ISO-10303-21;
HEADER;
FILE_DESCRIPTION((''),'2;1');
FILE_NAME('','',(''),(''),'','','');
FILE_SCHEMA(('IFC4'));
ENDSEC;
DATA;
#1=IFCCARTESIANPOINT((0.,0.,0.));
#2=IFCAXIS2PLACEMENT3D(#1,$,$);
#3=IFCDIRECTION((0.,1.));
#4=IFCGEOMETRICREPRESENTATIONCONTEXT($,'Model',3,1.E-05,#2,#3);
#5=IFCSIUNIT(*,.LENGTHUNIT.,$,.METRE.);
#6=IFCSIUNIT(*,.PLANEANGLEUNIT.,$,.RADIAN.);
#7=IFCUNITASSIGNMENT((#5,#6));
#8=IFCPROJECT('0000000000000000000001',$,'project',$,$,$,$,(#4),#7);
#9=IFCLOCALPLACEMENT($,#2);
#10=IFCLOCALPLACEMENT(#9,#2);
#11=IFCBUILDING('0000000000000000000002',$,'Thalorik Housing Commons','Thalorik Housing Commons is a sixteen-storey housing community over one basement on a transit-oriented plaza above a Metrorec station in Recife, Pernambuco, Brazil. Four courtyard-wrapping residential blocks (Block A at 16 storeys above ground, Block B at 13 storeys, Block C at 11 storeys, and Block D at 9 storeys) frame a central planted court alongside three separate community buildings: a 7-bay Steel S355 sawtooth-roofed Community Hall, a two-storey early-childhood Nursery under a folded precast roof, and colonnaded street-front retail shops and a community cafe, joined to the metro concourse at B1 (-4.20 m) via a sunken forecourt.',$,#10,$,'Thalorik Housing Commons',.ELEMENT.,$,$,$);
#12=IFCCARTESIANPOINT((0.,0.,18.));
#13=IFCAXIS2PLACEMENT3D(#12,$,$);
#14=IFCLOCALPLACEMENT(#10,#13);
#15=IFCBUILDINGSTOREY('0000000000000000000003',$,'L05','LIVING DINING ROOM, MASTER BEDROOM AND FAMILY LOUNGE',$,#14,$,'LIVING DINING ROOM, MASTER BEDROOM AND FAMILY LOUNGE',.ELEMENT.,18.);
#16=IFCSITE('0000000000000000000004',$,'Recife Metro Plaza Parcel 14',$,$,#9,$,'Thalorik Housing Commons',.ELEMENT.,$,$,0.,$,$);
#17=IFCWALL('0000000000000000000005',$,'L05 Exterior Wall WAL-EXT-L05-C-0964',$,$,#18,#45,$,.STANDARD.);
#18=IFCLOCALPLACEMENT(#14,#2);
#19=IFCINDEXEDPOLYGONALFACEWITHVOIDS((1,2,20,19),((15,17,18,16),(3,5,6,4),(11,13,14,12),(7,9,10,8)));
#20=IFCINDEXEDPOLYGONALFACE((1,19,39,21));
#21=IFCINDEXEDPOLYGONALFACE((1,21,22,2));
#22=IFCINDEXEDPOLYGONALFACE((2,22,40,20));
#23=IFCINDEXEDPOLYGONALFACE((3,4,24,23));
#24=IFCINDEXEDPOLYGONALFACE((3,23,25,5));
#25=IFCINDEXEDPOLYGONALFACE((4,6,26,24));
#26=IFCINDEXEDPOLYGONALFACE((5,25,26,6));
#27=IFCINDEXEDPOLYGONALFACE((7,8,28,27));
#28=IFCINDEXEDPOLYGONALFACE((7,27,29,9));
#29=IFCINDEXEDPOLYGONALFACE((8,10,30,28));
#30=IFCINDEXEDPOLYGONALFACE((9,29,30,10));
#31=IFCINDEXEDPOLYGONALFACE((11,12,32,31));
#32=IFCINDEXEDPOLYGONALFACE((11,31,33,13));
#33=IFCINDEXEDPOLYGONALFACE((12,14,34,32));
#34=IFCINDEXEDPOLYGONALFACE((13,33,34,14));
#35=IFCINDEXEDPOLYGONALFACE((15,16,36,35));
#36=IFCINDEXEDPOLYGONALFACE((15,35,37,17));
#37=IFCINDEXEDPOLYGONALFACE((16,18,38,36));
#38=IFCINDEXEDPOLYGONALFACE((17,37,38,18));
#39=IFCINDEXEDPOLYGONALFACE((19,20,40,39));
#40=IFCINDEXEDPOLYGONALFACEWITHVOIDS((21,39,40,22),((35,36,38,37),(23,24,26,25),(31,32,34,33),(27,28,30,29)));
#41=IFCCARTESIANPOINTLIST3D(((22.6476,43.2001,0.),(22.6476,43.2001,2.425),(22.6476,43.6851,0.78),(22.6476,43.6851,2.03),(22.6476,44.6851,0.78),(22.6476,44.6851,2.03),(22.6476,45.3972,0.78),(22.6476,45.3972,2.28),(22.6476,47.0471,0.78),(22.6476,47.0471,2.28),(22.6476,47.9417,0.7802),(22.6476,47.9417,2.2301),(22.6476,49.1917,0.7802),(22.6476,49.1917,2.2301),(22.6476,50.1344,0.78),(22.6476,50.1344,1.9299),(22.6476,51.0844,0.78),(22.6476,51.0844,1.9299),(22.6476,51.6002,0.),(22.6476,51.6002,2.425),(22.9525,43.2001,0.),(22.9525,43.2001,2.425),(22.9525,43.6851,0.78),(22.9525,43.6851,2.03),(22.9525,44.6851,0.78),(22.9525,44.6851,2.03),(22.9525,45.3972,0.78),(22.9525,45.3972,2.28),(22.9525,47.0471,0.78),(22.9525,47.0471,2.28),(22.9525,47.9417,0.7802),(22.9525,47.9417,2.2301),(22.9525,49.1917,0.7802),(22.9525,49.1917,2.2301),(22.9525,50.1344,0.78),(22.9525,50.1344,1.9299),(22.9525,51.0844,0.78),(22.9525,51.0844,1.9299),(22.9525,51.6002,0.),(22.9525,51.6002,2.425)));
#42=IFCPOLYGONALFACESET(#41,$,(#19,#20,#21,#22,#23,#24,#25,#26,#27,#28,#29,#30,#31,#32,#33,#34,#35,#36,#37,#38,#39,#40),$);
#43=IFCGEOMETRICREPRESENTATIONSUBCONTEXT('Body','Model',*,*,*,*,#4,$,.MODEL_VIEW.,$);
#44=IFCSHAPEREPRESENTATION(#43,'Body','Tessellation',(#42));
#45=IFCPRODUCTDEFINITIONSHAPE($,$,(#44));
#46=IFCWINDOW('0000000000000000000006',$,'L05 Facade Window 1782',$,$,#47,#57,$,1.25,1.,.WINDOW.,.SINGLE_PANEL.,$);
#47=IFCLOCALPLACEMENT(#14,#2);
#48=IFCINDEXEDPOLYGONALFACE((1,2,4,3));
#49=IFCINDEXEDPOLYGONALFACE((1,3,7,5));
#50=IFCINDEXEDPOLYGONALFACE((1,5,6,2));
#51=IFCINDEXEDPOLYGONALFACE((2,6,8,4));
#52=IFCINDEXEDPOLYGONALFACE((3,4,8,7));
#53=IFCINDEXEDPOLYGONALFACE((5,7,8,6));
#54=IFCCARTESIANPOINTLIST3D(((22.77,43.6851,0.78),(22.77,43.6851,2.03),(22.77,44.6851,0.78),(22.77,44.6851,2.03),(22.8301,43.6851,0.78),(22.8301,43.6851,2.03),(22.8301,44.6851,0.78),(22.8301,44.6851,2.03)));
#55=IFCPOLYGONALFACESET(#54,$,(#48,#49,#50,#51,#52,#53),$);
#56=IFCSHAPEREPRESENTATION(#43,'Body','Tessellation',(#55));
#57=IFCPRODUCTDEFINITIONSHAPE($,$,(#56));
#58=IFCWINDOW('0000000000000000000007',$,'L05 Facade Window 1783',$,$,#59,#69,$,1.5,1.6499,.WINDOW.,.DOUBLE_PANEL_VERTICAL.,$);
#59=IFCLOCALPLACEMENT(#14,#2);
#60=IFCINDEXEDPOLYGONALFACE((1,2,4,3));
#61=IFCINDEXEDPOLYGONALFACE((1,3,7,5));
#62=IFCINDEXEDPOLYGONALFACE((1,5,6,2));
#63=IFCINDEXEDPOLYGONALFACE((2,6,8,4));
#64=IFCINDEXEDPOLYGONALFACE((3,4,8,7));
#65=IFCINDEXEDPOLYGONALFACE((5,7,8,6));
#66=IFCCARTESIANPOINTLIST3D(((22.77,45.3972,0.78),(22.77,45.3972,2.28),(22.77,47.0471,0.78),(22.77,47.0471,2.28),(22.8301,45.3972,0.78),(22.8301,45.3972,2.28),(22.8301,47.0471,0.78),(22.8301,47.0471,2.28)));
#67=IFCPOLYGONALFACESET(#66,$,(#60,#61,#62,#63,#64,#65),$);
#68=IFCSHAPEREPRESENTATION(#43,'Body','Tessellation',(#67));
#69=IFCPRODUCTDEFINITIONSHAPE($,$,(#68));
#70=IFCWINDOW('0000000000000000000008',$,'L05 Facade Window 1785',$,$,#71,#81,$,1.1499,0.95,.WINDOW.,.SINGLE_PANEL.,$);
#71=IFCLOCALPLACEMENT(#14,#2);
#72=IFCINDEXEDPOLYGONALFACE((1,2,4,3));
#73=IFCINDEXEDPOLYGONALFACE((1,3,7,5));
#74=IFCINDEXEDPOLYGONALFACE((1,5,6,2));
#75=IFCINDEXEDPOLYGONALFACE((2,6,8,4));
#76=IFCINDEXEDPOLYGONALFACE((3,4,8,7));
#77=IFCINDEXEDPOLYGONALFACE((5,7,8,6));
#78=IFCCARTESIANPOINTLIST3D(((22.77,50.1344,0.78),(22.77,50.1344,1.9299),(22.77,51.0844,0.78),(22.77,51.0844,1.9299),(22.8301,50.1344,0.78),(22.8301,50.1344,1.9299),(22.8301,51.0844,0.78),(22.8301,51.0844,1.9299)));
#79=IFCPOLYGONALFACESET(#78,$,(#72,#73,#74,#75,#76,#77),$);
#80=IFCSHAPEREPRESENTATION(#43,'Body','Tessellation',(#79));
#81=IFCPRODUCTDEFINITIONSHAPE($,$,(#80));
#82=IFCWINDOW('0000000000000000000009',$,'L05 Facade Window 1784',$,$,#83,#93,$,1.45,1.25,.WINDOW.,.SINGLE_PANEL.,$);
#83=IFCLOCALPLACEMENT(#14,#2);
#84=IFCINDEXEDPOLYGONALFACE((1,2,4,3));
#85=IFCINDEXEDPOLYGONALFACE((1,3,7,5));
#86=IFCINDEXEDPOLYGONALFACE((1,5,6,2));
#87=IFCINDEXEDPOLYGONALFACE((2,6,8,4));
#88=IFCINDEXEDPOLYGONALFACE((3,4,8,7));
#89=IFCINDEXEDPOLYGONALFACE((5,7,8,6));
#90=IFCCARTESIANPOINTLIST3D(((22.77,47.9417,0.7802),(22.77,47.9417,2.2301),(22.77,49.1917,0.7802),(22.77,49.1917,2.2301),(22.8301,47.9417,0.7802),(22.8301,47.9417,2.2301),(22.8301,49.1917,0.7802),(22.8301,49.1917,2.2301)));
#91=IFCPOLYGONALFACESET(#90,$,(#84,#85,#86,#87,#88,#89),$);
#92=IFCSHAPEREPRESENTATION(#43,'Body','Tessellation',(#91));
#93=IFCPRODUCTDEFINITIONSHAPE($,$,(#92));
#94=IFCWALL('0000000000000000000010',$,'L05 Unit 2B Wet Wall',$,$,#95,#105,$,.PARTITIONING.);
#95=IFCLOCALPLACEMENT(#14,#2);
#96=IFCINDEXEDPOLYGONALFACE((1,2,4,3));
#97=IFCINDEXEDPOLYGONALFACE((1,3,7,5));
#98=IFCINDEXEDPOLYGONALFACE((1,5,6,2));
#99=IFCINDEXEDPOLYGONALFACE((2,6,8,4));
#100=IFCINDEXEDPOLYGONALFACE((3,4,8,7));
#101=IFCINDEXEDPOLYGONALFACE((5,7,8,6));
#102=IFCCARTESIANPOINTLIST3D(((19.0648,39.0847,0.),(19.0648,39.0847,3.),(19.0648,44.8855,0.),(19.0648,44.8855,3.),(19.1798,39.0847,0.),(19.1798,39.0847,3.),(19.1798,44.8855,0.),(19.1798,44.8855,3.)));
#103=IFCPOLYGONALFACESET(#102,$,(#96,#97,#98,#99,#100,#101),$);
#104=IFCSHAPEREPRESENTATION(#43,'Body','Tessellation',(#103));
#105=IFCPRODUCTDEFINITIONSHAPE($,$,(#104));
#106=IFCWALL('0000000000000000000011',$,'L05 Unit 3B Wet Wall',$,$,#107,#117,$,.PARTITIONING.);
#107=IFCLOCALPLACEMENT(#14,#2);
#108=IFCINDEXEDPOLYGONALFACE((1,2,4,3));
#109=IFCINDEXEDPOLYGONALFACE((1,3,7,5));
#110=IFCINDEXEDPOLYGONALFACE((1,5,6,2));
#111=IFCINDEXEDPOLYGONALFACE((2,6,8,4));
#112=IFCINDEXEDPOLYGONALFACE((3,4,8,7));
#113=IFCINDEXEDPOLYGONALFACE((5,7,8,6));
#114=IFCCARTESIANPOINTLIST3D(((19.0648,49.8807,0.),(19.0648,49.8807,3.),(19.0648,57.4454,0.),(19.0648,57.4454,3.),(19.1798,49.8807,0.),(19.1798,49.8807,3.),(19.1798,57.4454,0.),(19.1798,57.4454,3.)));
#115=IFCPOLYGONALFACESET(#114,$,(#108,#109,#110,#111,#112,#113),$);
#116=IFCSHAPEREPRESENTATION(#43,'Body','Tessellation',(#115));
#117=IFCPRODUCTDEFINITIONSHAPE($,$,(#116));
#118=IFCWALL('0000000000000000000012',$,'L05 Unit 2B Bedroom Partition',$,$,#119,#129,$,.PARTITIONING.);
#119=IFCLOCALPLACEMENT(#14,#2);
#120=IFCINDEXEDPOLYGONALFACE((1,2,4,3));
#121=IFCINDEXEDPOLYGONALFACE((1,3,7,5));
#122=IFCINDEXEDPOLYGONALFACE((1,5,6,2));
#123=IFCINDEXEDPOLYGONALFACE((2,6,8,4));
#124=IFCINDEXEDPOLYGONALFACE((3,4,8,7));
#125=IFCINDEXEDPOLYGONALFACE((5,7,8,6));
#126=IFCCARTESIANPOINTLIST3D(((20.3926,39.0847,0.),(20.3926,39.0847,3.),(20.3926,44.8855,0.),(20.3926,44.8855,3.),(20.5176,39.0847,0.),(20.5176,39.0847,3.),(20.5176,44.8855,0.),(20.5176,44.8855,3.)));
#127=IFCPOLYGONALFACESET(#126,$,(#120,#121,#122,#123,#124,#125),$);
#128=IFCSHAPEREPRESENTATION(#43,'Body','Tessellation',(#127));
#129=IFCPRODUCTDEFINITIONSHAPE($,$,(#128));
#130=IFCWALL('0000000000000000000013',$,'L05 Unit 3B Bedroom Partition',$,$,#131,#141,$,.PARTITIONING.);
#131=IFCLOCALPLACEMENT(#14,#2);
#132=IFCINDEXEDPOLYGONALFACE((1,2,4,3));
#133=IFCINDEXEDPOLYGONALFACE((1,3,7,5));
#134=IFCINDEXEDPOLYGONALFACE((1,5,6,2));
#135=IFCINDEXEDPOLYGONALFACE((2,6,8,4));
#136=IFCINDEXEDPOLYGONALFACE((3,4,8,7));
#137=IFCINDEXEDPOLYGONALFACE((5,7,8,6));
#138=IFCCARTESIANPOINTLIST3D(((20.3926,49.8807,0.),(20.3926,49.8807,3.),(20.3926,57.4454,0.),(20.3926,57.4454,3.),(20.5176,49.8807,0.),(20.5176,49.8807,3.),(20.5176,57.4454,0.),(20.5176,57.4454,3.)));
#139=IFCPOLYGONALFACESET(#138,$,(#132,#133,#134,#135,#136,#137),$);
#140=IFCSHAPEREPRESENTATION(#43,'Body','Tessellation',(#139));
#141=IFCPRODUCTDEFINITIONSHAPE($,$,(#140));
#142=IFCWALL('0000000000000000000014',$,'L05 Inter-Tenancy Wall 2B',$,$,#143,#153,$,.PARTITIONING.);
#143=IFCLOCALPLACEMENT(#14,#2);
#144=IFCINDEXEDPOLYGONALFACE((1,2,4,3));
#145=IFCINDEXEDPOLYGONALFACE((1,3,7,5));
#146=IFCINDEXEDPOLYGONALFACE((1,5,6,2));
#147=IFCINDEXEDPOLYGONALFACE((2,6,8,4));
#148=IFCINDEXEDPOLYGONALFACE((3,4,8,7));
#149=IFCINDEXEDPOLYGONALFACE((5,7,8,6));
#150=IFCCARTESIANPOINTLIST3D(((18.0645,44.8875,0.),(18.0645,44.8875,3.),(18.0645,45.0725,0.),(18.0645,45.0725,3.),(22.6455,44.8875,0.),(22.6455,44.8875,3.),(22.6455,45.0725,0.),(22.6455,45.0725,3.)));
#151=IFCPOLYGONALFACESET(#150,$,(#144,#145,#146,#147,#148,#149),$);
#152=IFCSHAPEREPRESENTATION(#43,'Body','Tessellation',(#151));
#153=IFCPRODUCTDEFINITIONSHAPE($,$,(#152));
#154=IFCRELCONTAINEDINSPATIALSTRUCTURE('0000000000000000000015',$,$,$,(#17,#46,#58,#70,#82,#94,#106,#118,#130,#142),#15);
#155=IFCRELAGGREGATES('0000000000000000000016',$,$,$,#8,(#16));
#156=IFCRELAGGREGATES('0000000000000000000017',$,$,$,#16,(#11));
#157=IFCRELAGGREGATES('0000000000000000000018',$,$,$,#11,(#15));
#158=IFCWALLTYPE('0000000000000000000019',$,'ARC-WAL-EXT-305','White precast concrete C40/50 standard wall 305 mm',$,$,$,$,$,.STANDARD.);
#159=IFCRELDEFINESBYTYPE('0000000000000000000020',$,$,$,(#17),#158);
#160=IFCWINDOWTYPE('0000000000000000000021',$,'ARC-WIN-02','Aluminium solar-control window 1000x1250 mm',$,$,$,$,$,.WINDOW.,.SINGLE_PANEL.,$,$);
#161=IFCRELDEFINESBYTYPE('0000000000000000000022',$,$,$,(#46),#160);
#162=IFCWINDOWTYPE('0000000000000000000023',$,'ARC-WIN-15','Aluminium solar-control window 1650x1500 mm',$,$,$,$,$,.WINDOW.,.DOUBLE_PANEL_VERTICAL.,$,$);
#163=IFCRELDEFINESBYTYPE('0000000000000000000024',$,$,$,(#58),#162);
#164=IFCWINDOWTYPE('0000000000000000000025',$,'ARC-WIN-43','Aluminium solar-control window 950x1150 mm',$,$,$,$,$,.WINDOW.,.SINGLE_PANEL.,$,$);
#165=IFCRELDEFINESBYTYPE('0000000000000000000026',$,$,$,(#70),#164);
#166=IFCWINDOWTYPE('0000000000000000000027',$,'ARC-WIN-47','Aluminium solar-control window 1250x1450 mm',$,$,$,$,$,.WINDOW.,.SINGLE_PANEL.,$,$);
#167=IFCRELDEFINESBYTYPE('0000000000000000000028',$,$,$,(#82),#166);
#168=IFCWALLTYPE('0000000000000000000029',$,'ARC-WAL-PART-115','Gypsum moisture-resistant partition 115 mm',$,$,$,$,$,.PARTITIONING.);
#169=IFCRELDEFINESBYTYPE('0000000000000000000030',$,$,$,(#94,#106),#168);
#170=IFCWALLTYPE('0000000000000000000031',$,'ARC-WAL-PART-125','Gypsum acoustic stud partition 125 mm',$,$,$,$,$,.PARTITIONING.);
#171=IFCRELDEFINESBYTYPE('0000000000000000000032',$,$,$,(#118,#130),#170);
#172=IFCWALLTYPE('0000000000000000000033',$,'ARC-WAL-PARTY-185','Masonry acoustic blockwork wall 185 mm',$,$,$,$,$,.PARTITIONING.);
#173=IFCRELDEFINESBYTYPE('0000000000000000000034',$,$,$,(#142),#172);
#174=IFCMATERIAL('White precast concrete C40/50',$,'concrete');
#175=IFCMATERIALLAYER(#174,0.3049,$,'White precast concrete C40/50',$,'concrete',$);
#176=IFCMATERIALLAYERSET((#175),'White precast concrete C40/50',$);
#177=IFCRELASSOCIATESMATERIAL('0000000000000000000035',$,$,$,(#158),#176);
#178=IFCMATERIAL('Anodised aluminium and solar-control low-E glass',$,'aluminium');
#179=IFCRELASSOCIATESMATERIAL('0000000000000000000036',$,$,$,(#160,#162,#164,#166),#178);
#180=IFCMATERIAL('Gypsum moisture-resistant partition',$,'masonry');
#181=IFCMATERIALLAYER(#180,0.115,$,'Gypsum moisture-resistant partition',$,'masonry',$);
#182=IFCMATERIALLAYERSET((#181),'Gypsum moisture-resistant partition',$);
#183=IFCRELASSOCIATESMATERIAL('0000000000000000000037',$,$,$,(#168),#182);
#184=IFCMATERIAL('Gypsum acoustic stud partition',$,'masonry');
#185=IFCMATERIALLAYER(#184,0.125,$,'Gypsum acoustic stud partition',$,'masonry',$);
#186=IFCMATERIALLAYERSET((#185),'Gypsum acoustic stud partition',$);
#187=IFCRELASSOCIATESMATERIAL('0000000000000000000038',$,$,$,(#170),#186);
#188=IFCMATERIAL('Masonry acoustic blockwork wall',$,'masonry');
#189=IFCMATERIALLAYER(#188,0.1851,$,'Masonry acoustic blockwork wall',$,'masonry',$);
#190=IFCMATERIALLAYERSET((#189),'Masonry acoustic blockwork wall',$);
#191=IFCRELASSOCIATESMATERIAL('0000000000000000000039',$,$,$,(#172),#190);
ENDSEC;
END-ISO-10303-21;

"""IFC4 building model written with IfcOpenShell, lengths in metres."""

from ifc_helpers import new_model, si_unit, direction, frame, frame_2d, origin, place, context, subcontext, project, spatial, rectangle, extrude, material, layer, layer_set, type_object, element, fill, save


model = new_model("IFC4")

# Units and contexts
model_context = context("Model", 3, precision=1e-05, world=origin(), true_north=direction((0.0, 1.0)))
body_context = subcontext(model_context, "Body", "Model", "MODEL_VIEW")
ifc_project = project(units=[si_unit("LENGTHUNIT", "METRE"), si_unit("PLANEANGLEUNIT", "RADIAN")], contexts=[model_context])

# Site, building, storey
site_placement = place(None, origin())
site = spatial("IfcSite", under=ifc_project, at=site_placement, Name="Recife Metro Plaza Parcel 14", LongName="Thalorik Housing Commons", CompositionType="ELEMENT", RefElevation=0.0)
building_placement = place(site_placement, origin())
building = spatial("IfcBuilding", under=site, at=building_placement, Name="Thalorik Housing Commons", Description="Thalorik Housing Commons is a sixteen-storey housing community over one basement on a transit-oriented plaza above a Metrorec station in Recife, Pernambuco, Brazil. Four courtyard-wrapping residential blocks (Block A at 16 storeys above ground, Block B at 13 storeys, Block C at 11 storeys, and Block D at 9 storeys) frame a central planted court alongside three separate community buildings: a 7-bay Steel S355 sawtooth-roofed Community Hall, a two-storey early-childhood Nursery under a folded precast roof, and colonnaded street-front retail shops and a community cafe, joined to the metro concourse at B1 (-4.20 m) via a sunken forecourt.", LongName="Thalorik Housing Commons", CompositionType="ELEMENT")
storey_placement = place(building_placement, frame((0.0, 0.0, 18.0)))
storey = spatial("IfcBuildingStorey", under=building, at=storey_placement, Name="L05", Description="LIVING DINING ROOM, MASTER BEDROOM AND FAMILY LOUNGE", LongName="LIVING DINING ROOM, MASTER BEDROOM AND FAMILY LOUNGE", CompositionType="ELEMENT", Elevation=18.0)

# Wall, openings, windows
ifc_material_1 = material(Name="White precast concrete C40/50", Category="concrete")
ifc_layer_1 = layer(ifc_material_1, 0.3049, Name="White precast concrete C40/50", Category="concrete")
ifc_layer_set_1 = layer_set([ifc_layer_1], Name="White precast concrete C40/50")
wall_type_1 = type_object("IfcWallType", Name="ARC-WAL-EXT-305", Description="White precast concrete C40/50 standard wall 305 mm", PredefinedType="STANDARD", material=ifc_layer_set_1)
ifc_material_2 = material(Name="Anodised aluminium and solar-control low-E glass", Category="aluminium")
wall_1_placement = place(storey_placement, frame((22.8, 43.2, 0.0), z_axis=(0.0, 0.0, 1.0), x_axis=(0.0, 1.0, 0.0)))
wall_1 = element("IfcWall", 1, at=wall_1_placement, inside=storey, type_object=wall_type_1, Name="L05 Exterior Wall WAL-EXT-L05-C-0964", PredefinedType="STANDARD", context=body_context, shape_type="SweptSolid", body=[
    extrude(rectangle(XDim=8.4001, YDim=0.3049, at=frame_2d((4.2002, 0.0))), origin(), (0.0, 0.0, 1.0), 2.425),
])
opening_1_placement = place(wall_1_placement, frame((0.4851, 0.0, 0.78)))
opening_1 = element("IfcOpeningElement", 2, at=opening_1_placement, cuts=wall_1, PredefinedType="OPENING", context=body_context, shape_type="SweptSolid", body=[
    extrude(rectangle(XDim=1.0, YDim=1.25, at=frame_2d((0.5, 0.625))), frame((0.0, 0.1626, 0.0), z_axis=(0.0, -1.0, 0.0), x_axis=(1.0, 0.0, 0.0)), (0.0, 0.0, 1.0), 0.325),
])
opening_2_placement = place(wall_1_placement, frame((2.1973, 0.0, 0.78)))
opening_2 = element("IfcOpeningElement", 3, at=opening_2_placement, cuts=wall_1, PredefinedType="OPENING", context=body_context, shape_type="SweptSolid", body=[
    extrude(rectangle(XDim=1.6499, YDim=1.5, at=frame_2d((0.825, 0.75))), frame((0.0, 0.1626, 0.0), z_axis=(0.0, -1.0, 0.0), x_axis=(1.0, 0.0, 0.0)), (0.0, 0.0, 1.0), 0.325),
])
opening_3_placement = place(wall_1_placement, frame((4.7417, 0.0, 0.78)))
opening_3 = element("IfcOpeningElement", 4, at=opening_3_placement, cuts=wall_1, PredefinedType="OPENING", context=body_context, shape_type="SweptSolid", body=[
    extrude(rectangle(XDim=1.25, YDim=1.45, at=frame_2d((0.625, 0.7251))), frame((0.0, 0.1626, 0.0), z_axis=(0.0, -1.0, 0.0), x_axis=(1.0, 0.0, 0.0)), (0.0, 0.0, 1.0), 0.325),
])
opening_4_placement = place(wall_1_placement, frame((6.9343, 0.0, 0.78)))
opening_4 = element("IfcOpeningElement", 5, at=opening_4_placement, cuts=wall_1, PredefinedType="OPENING", context=body_context, shape_type="SweptSolid", body=[
    extrude(rectangle(XDim=0.95, YDim=1.1499, at=frame_2d((0.4751, 0.575))), frame((0.0, 0.1626, 0.0), z_axis=(0.0, -1.0, 0.0), x_axis=(1.0, 0.0, 0.0)), (0.0, 0.0, 1.0), 0.325),
])
window_type_1 = type_object("IfcWindowType", Name="ARC-WIN-02", Description="Aluminium solar-control window 1000x1250 mm", PartitioningType="SINGLE_PANEL", PredefinedType="WINDOW", material=ifc_material_2)
window_1_placement = place(opening_1_placement, origin())
window_1 = element("IfcWindow", 6, at=window_1_placement, inside=storey, type_object=window_type_1, Name="L05 Facade Window 1782", OverallHeight=1.25, OverallWidth=1.0, PartitioningType="SINGLE_PANEL", PredefinedType="WINDOW", context=body_context, shape_type="SweptSolid", body=[
    extrude(rectangle(XDim=1.0, YDim=1.25, at=frame_2d((0.5, 0.625))), frame((0.0, 0.03, 0.0), z_axis=(0.0, -1.0, 0.0), x_axis=(1.0, 0.0, 0.0)), (0.0, 0.0, 1.0), 0.0601),
])
fill(opening_1, window_1)
window_type_2 = type_object("IfcWindowType", Name="ARC-WIN-15", Description="Aluminium solar-control window 1650x1500 mm", PartitioningType="DOUBLE_PANEL_VERTICAL", PredefinedType="WINDOW", material=ifc_material_2)
window_2_placement = place(opening_2_placement, origin())
window_2 = element("IfcWindow", 7, at=window_2_placement, inside=storey, type_object=window_type_2, Name="L05 Facade Window 1783", OverallHeight=1.5, OverallWidth=1.6499, PartitioningType="DOUBLE_PANEL_VERTICAL", PredefinedType="WINDOW", context=body_context, shape_type="SweptSolid", body=[
    extrude(rectangle(XDim=1.6499, YDim=1.5, at=frame_2d((0.825, 0.75))), frame((0.0, 0.03, 0.0), z_axis=(0.0, -1.0, 0.0), x_axis=(1.0, 0.0, 0.0)), (0.0, 0.0, 1.0), 0.0601),
])
fill(opening_2, window_2)
window_type_3 = type_object("IfcWindowType", Name="ARC-WIN-43", Description="Aluminium solar-control window 950x1150 mm", PartitioningType="SINGLE_PANEL", PredefinedType="WINDOW", material=ifc_material_2)
window_3_placement = place(opening_4_placement, origin())
window_3 = element("IfcWindow", 8, at=window_3_placement, inside=storey, type_object=window_type_3, Name="L05 Facade Window 1785", OverallHeight=1.1499, OverallWidth=0.95, PartitioningType="SINGLE_PANEL", PredefinedType="WINDOW", context=body_context, shape_type="SweptSolid", body=[
    extrude(rectangle(XDim=0.95, YDim=1.1499, at=frame_2d((0.4751, 0.575))), frame((0.0, 0.03, 0.0), z_axis=(0.0, -1.0, 0.0), x_axis=(1.0, 0.0, 0.0)), (0.0, 0.0, 1.0), 0.0601),
])
fill(opening_4, window_3)
window_type_4 = type_object("IfcWindowType", Name="ARC-WIN-47", Description="Aluminium solar-control window 1250x1450 mm", PartitioningType="SINGLE_PANEL", PredefinedType="WINDOW", material=ifc_material_2)
window_4_placement = place(opening_3_placement, origin())
window_4 = element("IfcWindow", 9, at=window_4_placement, inside=storey, type_object=window_type_4, Name="L05 Facade Window 1784", OverallHeight=1.45, OverallWidth=1.25, PartitioningType="SINGLE_PANEL", PredefinedType="WINDOW", context=body_context, shape_type="SweptSolid", body=[
    extrude(rectangle(XDim=1.25, YDim=1.45, at=frame_2d((0.625, 0.7251))), frame((0.0, 0.03, 0.0), z_axis=(0.0, -1.0, 0.0), x_axis=(1.0, 0.0, 0.0)), (0.0, 0.0, 1.0), 0.0601),
])
fill(opening_3, window_4)

# Walls
ifc_material_3 = material(Name="Gypsum moisture-resistant partition", Category="masonry")
ifc_layer_2 = layer(ifc_material_3, 0.115, Name="Gypsum moisture-resistant partition", Category="masonry")
ifc_layer_set_2 = layer_set([ifc_layer_2], Name="Gypsum moisture-resistant partition")
wall_type_2 = type_object("IfcWallType", Name="ARC-WAL-PART-115", Description="Gypsum moisture-resistant partition 115 mm", PredefinedType="PARTITIONING", material=ifc_layer_set_2)
wall_2_placement = place(storey_placement, frame((19.1223, 39.0847, 0.0), z_axis=(0.0, 0.0, 1.0), x_axis=(0.0, 1.0, 0.0)))
element("IfcWall", 10, at=wall_2_placement, inside=storey, type_object=wall_type_2, Name="L05 Unit 2B Wet Wall", PredefinedType="PARTITIONING", context=body_context, shape_type="SweptSolid", body=[
    extrude(rectangle(XDim=5.8008, YDim=0.115, at=frame_2d((2.9004, 0.0))), origin(), (0.0, 0.0, 1.0), 3.0),
])
wall_3_placement = place(storey_placement, frame((19.1223, 49.8809, 0.0), z_axis=(0.0, 0.0, 1.0), x_axis=(0.0, 1.0, 0.0)))
element("IfcWall", 11, at=wall_3_placement, inside=storey, type_object=wall_type_2, Name="L05 Unit 3B Wet Wall", PredefinedType="PARTITIONING", context=body_context, shape_type="SweptSolid", body=[
    extrude(rectangle(XDim=7.5647, YDim=0.115, at=frame_2d((3.7822, 0.0))), origin(), (0.0, 0.0, 1.0), 3.0),
])
ifc_material_4 = material(Name="Gypsum acoustic stud partition", Category="masonry")
ifc_layer_3 = layer(ifc_material_4, 0.125, Name="Gypsum acoustic stud partition", Category="masonry")
ifc_layer_set_3 = layer_set([ifc_layer_3], Name="Gypsum acoustic stud partition")
wall_type_3 = type_object("IfcWallType", Name="ARC-WAL-PART-125", Description="Gypsum acoustic stud partition 125 mm", PredefinedType="PARTITIONING", material=ifc_layer_set_3)
wall_4_placement = place(storey_placement, frame((20.4551, 39.0847, 0.0), z_axis=(0.0, 0.0, 1.0), x_axis=(0.0, 1.0, 0.0)))
element("IfcWall", 12, at=wall_4_placement, inside=storey, type_object=wall_type_3, Name="L05 Unit 2B Bedroom Partition", PredefinedType="PARTITIONING", context=body_context, shape_type="SweptSolid", body=[
    extrude(rectangle(XDim=5.8008, YDim=0.125, at=frame_2d((2.9004, 0.0))), origin(), (0.0, 0.0, 1.0), 3.0),
])
wall_5_placement = place(storey_placement, frame((20.4551, 49.8809, 0.0), z_axis=(0.0, 0.0, 1.0), x_axis=(0.0, 1.0, 0.0)))
element("IfcWall", 13, at=wall_5_placement, inside=storey, type_object=wall_type_3, Name="L05 Unit 3B Bedroom Partition", PredefinedType="PARTITIONING", context=body_context, shape_type="SweptSolid", body=[
    extrude(rectangle(XDim=7.5647, YDim=0.125, at=frame_2d((3.7822, 0.0))), origin(), (0.0, 0.0, 1.0), 3.0),
])
ifc_material_5 = material(Name="Masonry acoustic blockwork wall", Category="masonry")
ifc_layer_4 = layer(ifc_material_5, 0.1851, Name="Masonry acoustic blockwork wall", Category="masonry")
ifc_layer_set_4 = layer_set([ifc_layer_4], Name="Masonry acoustic blockwork wall")
wall_type_4 = type_object("IfcWallType", Name="ARC-WAL-PARTY-185", Description="Masonry acoustic blockwork wall 185 mm", PredefinedType="PARTITIONING", material=ifc_layer_set_4)
wall_6_placement = place(storey_placement, frame((18.0645, 44.98, 0.0), z_axis=(0.0, 0.0, 1.0), x_axis=(1.0, 0.0, 0.0)))
element("IfcWall", 14, at=wall_6_placement, inside=storey, type_object=wall_type_4, Name="L05 Inter-Tenancy Wall 2B", PredefinedType="PARTITIONING", context=body_context, shape_type="SweptSolid", body=[
    extrude(rectangle(XDim=4.5811, YDim=0.1851, at=frame_2d((2.2905, 0.0))), origin(), (0.0, 0.0, 1.0), 3.0),
])

save(model, "model.ifc")
